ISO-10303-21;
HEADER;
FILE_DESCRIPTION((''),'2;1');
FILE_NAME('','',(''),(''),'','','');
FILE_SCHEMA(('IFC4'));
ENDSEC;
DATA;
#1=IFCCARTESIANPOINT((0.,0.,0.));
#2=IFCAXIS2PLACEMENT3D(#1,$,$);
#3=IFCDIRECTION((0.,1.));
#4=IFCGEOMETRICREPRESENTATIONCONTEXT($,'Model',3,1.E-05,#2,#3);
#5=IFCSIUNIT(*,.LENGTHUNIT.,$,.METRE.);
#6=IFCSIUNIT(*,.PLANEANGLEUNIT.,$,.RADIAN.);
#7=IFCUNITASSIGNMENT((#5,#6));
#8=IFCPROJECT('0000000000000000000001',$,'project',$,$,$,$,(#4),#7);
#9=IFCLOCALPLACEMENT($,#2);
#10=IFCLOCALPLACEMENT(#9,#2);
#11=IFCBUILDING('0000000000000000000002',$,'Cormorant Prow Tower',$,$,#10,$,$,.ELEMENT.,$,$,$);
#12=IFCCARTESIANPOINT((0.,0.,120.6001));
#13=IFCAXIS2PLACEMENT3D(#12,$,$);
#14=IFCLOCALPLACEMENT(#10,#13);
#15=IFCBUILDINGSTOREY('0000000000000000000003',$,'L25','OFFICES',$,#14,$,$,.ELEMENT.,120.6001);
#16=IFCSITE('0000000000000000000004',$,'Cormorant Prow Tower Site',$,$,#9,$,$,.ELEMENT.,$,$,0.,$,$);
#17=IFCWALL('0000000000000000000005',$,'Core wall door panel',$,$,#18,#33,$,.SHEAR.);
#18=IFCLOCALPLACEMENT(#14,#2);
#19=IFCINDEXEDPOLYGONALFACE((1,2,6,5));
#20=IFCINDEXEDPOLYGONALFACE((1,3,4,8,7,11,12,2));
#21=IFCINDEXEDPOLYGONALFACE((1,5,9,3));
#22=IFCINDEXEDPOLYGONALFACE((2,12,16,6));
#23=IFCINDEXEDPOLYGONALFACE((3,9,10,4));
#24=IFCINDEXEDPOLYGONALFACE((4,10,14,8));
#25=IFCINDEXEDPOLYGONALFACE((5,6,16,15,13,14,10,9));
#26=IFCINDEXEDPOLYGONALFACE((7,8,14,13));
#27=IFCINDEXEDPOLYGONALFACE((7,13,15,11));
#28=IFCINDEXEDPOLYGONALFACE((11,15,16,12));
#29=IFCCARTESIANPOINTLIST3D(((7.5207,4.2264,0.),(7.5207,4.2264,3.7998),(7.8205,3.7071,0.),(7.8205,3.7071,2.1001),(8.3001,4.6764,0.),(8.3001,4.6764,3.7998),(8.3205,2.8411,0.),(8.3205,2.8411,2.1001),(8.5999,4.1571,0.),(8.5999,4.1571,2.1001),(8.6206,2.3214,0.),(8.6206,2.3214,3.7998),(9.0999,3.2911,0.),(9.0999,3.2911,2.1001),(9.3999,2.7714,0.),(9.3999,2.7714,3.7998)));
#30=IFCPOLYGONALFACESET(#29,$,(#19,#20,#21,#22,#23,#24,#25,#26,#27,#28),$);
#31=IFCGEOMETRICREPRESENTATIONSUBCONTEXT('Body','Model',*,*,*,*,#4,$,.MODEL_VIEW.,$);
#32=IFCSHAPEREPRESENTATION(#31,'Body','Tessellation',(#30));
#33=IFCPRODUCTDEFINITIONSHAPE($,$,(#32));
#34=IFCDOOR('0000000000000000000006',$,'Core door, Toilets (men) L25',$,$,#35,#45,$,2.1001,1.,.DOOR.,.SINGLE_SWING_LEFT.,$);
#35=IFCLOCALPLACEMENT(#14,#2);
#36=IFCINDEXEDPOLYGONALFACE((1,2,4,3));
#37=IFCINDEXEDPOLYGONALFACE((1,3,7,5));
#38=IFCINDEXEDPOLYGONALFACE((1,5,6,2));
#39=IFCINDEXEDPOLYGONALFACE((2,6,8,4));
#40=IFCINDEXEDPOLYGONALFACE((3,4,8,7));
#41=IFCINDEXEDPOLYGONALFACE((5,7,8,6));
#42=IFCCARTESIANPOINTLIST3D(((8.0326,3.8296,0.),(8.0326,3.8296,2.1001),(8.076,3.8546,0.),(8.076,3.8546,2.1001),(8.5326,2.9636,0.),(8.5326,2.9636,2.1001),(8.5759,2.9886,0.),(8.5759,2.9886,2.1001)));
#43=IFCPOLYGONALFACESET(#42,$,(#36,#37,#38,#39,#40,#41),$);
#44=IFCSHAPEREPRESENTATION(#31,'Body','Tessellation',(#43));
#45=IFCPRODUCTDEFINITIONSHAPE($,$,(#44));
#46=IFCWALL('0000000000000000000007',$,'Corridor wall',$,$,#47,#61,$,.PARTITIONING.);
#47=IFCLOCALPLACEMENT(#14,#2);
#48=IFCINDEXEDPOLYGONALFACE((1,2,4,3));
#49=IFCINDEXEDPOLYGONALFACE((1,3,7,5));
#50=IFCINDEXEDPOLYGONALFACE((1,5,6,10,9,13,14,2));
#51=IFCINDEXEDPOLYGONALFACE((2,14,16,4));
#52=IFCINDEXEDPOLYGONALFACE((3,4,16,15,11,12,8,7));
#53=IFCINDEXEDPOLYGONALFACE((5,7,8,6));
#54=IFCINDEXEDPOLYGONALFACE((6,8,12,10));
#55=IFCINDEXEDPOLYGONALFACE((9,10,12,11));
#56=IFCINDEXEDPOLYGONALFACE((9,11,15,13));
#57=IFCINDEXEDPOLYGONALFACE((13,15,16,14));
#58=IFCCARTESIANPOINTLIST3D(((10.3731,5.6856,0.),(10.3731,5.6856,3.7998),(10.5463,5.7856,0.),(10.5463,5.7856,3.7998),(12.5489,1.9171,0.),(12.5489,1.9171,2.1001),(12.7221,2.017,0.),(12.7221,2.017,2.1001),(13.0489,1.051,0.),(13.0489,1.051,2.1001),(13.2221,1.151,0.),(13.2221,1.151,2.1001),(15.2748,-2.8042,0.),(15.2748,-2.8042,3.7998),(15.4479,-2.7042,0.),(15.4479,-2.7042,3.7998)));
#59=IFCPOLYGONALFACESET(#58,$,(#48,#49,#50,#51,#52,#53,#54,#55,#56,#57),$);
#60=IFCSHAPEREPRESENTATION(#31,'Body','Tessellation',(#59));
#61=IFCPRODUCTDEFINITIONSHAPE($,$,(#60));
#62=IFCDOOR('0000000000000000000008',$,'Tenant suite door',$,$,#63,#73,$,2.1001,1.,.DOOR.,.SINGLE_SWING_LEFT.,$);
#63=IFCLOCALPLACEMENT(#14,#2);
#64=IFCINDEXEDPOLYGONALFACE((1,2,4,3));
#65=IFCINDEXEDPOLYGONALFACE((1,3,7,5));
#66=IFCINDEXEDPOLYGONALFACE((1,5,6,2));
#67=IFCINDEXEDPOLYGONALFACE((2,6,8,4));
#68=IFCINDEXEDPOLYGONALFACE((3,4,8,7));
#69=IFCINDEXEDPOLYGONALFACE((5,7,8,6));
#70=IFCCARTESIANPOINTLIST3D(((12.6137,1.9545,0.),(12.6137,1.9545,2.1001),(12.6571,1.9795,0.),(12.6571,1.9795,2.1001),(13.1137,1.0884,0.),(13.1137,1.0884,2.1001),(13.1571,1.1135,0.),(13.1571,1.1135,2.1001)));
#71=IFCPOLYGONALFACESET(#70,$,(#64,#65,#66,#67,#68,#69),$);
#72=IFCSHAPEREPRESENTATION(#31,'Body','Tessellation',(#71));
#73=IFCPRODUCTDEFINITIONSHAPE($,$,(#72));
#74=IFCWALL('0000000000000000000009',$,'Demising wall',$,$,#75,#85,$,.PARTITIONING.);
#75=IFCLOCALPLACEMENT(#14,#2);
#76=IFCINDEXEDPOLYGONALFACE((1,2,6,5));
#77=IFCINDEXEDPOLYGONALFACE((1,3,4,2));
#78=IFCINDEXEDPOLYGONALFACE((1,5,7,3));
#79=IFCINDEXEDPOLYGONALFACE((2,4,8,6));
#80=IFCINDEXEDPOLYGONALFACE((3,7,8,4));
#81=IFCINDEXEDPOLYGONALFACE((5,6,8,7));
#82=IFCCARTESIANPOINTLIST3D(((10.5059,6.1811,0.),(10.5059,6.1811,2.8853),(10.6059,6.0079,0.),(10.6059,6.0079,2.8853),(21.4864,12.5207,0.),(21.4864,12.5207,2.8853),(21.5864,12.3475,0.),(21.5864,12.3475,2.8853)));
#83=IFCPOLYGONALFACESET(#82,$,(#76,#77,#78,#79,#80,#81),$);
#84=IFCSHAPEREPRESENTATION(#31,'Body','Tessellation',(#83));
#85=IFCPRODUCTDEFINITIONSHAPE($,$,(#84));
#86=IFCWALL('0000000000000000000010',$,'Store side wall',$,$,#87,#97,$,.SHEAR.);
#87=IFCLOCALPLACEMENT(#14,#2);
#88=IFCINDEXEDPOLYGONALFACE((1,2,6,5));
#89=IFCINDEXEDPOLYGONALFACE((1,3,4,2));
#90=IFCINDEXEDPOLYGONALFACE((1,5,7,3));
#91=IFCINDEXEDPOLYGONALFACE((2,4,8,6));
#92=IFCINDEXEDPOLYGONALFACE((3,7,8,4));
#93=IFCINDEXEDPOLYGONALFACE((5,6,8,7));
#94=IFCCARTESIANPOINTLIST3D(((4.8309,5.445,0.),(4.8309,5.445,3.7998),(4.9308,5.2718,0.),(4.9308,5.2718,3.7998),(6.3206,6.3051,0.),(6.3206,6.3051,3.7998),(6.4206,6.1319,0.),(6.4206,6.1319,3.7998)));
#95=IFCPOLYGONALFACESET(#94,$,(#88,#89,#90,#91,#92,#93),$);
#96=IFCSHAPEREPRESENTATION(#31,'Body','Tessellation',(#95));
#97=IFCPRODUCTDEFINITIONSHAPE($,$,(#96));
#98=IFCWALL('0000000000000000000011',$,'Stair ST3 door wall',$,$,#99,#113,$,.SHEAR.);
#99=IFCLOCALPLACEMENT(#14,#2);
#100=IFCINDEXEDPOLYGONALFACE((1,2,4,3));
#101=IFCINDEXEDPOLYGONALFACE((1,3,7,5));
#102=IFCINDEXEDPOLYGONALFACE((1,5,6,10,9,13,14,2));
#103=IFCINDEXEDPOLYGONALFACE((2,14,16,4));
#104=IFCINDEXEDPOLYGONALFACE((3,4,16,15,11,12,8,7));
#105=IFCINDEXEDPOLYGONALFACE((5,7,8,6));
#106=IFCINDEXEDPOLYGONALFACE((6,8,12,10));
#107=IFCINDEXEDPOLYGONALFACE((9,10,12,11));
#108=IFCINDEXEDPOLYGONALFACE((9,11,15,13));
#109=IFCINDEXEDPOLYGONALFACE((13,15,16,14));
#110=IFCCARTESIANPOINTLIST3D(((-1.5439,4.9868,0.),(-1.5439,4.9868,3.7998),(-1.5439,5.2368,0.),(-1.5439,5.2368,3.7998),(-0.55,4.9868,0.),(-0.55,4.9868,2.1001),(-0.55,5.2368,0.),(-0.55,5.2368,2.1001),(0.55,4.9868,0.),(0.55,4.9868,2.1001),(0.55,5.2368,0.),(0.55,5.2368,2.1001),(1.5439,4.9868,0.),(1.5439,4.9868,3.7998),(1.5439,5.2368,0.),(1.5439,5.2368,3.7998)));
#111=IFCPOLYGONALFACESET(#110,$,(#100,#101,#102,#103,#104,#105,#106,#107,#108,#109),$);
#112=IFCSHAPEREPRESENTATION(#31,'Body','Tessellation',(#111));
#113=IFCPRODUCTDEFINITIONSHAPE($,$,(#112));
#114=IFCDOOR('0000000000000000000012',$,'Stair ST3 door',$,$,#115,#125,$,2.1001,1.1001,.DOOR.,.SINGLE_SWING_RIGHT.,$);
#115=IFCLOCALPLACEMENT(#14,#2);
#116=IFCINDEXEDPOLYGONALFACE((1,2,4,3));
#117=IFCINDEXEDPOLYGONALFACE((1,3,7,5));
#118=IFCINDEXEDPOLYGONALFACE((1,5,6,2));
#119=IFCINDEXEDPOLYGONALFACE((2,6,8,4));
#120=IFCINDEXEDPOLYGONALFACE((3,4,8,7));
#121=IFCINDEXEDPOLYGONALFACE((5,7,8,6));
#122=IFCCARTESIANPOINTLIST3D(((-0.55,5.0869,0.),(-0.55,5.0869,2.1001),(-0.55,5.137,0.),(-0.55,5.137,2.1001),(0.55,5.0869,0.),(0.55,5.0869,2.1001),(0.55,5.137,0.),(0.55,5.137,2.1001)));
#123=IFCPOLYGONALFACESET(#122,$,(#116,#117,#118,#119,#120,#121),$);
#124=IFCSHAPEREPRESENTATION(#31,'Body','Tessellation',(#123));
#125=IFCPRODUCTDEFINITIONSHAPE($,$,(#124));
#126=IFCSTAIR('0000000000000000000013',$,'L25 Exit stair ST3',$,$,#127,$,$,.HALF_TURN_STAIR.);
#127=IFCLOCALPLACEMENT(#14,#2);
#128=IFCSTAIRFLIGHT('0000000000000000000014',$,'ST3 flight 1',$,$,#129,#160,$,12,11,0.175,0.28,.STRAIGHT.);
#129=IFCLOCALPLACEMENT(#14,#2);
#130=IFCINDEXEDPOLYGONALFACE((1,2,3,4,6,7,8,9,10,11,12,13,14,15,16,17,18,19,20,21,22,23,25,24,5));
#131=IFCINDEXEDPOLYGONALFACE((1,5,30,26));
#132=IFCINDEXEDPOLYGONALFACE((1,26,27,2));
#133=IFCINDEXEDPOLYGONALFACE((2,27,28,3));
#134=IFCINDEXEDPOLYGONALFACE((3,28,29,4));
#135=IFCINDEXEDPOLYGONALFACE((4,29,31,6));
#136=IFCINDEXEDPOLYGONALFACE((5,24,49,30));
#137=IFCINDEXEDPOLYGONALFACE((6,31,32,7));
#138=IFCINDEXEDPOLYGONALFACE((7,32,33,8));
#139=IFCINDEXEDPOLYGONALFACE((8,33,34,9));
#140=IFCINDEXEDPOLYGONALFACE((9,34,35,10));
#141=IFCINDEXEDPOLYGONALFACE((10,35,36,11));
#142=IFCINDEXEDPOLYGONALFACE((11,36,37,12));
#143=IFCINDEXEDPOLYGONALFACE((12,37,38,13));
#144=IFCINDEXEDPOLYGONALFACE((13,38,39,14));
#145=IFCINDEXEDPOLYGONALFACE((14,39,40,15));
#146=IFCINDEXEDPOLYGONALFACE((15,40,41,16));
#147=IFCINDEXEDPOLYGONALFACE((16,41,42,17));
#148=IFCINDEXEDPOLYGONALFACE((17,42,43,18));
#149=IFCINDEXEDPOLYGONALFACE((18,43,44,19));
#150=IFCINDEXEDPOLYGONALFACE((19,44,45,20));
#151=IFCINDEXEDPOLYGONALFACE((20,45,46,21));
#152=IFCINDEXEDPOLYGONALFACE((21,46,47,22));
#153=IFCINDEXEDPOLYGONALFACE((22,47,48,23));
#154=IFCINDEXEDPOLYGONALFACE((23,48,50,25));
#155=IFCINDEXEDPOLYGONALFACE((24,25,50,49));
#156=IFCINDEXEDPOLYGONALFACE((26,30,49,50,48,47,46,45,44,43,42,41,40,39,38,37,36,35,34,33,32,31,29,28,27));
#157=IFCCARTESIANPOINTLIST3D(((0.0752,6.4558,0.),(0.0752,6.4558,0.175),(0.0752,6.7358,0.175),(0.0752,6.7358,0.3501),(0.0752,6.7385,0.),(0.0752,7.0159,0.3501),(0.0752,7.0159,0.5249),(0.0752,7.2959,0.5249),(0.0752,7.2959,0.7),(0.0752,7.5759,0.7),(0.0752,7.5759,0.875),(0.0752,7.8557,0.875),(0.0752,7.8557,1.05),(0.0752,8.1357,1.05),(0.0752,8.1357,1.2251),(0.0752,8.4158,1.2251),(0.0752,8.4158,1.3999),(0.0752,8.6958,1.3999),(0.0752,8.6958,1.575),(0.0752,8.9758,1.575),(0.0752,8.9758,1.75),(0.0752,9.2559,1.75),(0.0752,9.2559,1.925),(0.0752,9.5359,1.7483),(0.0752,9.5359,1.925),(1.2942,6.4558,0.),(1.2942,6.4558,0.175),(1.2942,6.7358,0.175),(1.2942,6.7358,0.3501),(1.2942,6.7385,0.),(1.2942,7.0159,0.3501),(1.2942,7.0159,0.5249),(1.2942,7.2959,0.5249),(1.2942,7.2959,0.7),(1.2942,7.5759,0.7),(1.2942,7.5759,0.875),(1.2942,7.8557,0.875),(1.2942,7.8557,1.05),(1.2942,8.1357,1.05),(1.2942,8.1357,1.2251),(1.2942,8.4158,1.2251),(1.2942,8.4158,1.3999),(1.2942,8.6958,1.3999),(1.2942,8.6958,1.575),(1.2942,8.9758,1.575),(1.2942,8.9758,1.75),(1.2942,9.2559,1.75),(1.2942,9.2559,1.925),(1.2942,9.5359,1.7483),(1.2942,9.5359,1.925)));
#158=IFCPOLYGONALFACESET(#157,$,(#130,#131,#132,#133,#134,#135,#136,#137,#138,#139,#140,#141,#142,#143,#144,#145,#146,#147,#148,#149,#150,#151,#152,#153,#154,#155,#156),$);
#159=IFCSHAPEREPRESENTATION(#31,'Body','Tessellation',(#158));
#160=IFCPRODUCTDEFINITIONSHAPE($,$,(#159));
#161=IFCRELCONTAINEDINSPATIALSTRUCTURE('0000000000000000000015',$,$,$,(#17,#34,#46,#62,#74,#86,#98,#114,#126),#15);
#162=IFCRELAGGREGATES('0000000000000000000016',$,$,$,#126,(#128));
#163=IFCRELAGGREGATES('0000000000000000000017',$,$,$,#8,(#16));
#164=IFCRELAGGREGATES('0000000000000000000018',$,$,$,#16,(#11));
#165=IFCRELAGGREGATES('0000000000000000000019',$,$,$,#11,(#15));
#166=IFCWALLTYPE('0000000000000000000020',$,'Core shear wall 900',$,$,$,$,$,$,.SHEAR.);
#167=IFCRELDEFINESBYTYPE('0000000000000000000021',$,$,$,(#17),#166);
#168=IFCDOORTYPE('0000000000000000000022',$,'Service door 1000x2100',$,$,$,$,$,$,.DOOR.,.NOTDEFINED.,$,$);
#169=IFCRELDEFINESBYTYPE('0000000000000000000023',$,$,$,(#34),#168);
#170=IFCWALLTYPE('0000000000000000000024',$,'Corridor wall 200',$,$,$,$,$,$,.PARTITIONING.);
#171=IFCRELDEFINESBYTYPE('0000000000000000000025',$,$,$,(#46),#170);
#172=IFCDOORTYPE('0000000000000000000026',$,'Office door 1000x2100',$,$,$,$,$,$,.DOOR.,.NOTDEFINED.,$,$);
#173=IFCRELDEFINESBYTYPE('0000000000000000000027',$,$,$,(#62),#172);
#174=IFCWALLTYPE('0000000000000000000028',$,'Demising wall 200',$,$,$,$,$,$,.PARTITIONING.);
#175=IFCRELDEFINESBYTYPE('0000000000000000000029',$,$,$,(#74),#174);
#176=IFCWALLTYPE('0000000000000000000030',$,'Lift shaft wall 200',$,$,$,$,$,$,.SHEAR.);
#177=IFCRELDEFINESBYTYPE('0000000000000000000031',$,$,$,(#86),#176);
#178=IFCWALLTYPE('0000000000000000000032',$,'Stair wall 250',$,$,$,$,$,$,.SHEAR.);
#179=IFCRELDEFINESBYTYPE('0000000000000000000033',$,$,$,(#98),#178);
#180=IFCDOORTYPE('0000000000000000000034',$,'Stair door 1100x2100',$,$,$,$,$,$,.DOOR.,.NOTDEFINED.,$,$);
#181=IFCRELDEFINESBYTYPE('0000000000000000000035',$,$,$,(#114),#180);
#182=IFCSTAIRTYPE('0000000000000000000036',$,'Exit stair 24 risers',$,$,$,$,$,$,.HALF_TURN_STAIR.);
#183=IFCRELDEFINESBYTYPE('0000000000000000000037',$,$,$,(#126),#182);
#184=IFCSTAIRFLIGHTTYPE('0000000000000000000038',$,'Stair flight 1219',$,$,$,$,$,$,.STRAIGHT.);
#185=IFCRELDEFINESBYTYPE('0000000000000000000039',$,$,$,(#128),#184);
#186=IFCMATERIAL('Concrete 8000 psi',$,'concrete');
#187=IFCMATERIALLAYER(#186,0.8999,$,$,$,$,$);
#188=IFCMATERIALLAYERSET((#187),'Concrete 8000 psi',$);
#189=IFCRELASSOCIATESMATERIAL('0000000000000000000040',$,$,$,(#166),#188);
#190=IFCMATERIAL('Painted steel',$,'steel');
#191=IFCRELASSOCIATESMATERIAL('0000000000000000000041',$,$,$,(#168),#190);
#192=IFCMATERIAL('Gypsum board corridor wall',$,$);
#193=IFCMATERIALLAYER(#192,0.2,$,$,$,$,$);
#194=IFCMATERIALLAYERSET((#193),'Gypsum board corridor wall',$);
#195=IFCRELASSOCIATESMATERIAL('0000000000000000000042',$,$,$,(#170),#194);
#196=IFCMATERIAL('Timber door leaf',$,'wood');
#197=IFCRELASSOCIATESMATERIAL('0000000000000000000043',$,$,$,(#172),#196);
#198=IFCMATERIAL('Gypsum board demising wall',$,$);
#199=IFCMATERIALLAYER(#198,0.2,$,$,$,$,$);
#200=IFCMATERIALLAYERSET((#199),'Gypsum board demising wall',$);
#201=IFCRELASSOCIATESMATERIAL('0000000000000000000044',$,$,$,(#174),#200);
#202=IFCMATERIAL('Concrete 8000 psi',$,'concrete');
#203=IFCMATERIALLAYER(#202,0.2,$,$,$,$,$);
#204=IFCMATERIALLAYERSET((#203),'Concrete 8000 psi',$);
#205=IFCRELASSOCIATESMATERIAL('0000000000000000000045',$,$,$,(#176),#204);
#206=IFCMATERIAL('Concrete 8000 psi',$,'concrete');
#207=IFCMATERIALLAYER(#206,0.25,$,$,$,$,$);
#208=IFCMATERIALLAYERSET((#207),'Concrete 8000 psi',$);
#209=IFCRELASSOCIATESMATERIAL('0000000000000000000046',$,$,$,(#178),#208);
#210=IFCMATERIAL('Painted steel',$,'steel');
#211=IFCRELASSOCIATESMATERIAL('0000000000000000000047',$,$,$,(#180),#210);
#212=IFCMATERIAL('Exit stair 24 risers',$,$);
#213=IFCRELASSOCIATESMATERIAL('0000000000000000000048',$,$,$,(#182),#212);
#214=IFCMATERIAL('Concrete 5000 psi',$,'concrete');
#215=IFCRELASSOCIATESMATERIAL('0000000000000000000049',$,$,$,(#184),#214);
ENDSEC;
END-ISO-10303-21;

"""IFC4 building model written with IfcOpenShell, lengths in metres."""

from ifc_helpers import new_model, si_unit, direction, frame, frame_2d, origin, place, context, subcontext, project, spatial, polyline, rectangle, outline, extrude, material, layer, layer_set, type_object, element, fill, aggregate, save


model = new_model("IFC4")

# Units and contexts
model_context = context("Model", 3, precision=1e-05, world=origin(), true_north=direction((0.0, 1.0)))
body_context = subcontext(model_context, "Body", "Model", "MODEL_VIEW")
ifc_project = project(units=[si_unit("LENGTHUNIT", "METRE"), si_unit("PLANEANGLEUNIT", "RADIAN")], contexts=[model_context])

# Site, building, storey
site_placement = place(None, origin())
site = spatial("IfcSite", under=ifc_project, at=site_placement, Name="Cormorant Prow Tower Site", CompositionType="ELEMENT", RefElevation=0.0)
building_placement = place(site_placement, origin())
building = spatial("IfcBuilding", under=site, at=building_placement, Name="Cormorant Prow Tower", CompositionType="ELEMENT")
storey_placement = place(building_placement, frame((0.0, 0.0, 120.6001)))
storey = spatial("IfcBuildingStorey", under=building, at=storey_placement, Name="L25", Description="OFFICES", CompositionType="ELEMENT", Elevation=120.6001)

# Shared definitions
ifc_material_1 = material(Name="Concrete 8000 psi", Category="concrete")
ifc_layer_1 = layer(ifc_material_1, 0.8999)
ifc_layer_set_1 = layer_set([ifc_layer_1], Name="Concrete 8000 psi")
wall_type_1 = type_object("IfcWallType", Name="Core shear wall 900", PredefinedType="SHEAR", material=ifc_layer_set_1)

# Walls, openings, doors
wall_1_placement = place(storey_placement, frame((9.0103, 2.5464, 0.0), z_axis=(0.0, 0.0, 1.0), x_axis=(-0.499995, 0.866028, 0.0)))
wall_1 = element("IfcWall", 1, at=wall_1_placement, inside=storey, type_object=wall_type_1, Name="Core wall door panel", PredefinedType="SHEAR", context=body_context, shape_type="SweptSolid", body=[
    extrude(rectangle(XDim=2.1997, YDim=0.8999, at=frame_2d((1.0999, 0.0))), origin(), (0.0, 0.0, 1.0), 3.7998),
])
opening_1_placement = place(wall_1_placement, frame((0.6001, 0.0, 0.0)))
opening_1 = element("IfcOpeningElement", 2, at=opening_1_placement, cuts=wall_1, PredefinedType="OPENING", context=body_context, shape_type="SweptSolid", body=[
    extrude(rectangle(XDim=1.0, YDim=2.1001, at=frame_2d((0.5, 1.05))), frame((0.0, 0.46, 0.0), z_axis=(0.0, -1.0, 0.0), x_axis=(1.0, 0.0, 0.0)), (0.0, 0.0, 1.0), 0.9199),
])
ifc_material_2 = material(Name="Painted steel", Category="steel")
door_type_1 = type_object("IfcDoorType", Name="Service door 1000x2100", OperationType="NOTDEFINED", PredefinedType="DOOR", material=ifc_material_2)
door_1_placement = place(opening_1_placement, origin())
door_1 = element("IfcDoor", 3, at=door_1_placement, inside=storey, type_object=door_type_1, Name="Core door, Toilets (men) L25", OperationType="SINGLE_SWING_LEFT", OverallHeight=2.1001, OverallWidth=1.0, PredefinedType="DOOR", context=body_context, shape_type="SweptSolid", body=[
    extrude(rectangle(XDim=1.0, YDim=2.1001, at=frame_2d((0.5, 1.05))), frame((0.0, 0.2051, 0.0), z_axis=(0.0, -1.0, 0.0), x_axis=(1.0, 0.0, 0.0)), (0.0, 0.0, 1.0), 0.05),
])
fill(opening_1, door_1)
ifc_material_3 = material(Name="Gypsum board corridor wall")
ifc_layer_2 = layer(ifc_material_3, 0.2)
ifc_layer_set_2 = layer_set([ifc_layer_2], Name="Gypsum board corridor wall")
wall_type_2 = type_object("IfcWallType", Name="Corridor wall 200", PredefinedType="PARTITIONING", material=ifc_layer_set_2)
wall_2_placement = place(storey_placement, frame((10.4597, 5.7356, 0.0), z_axis=(0.0, 0.0, 1.0), x_axis=(0.500004, -0.866023, 0.0)))
wall_2 = element("IfcWall", 4, at=wall_2_placement, inside=storey, type_object=wall_type_2, Name="Corridor wall", PredefinedType="PARTITIONING", context=body_context, shape_type="SweptSolid", body=[
    extrude(rectangle(XDim=9.8032, YDim=0.2, at=frame_2d((4.9016, 0.0))), origin(), (0.0, 0.0, 1.0), 3.7998),
])
opening_2_placement = place(wall_2_placement, frame((4.3516, 0.0, 0.0)))
opening_2 = element("IfcOpeningElement", 5, at=opening_2_placement, cuts=wall_2, PredefinedType="OPENING", context=body_context, shape_type="SweptSolid", body=[
    extrude(rectangle(XDim=1.0, YDim=2.1001, at=frame_2d((0.5, 1.05))), frame((0.0, 0.1099, 0.0), z_axis=(0.0, -1.0, 0.0), x_axis=(1.0, 0.0, 0.0)), (0.0, 0.0, 1.0), 0.22),
])
ifc_material_4 = material(Name="Timber door leaf", Category="wood")
door_type_2 = type_object("IfcDoorType", Name="Office door 1000x2100", OperationType="NOTDEFINED", PredefinedType="DOOR", material=ifc_material_4)
door_2_placement = place(opening_2_placement, origin())
door_2 = element("IfcDoor", 6, at=door_2_placement, inside=storey, type_object=door_type_2, Name="Tenant suite door", OperationType="SINGLE_SWING_LEFT", OverallHeight=2.1001, OverallWidth=1.0, PredefinedType="DOOR", context=body_context, shape_type="SweptSolid", body=[
    extrude(rectangle(XDim=1.0, YDim=2.1001, at=frame_2d((0.5, 1.05))), frame((0.0, 0.0249, 0.0), z_axis=(0.0, -1.0, 0.0), x_axis=(1.0, 0.0, 0.0)), (0.0, 0.0, 1.0), 0.05),
])
fill(opening_2, door_2)

# Walls
ifc_material_5 = material(Name="Gypsum board demising wall")
ifc_layer_3 = layer(ifc_material_5, 0.2)
ifc_layer_set_3 = layer_set([ifc_layer_3], Name="Gypsum board demising wall")
wall_type_3 = type_object("IfcWallType", Name="Demising wall 200", PredefinedType="PARTITIONING", material=ifc_layer_set_3)
wall_3_placement = place(storey_placement, frame((10.5559, 6.0945, 0.0), z_axis=(0.0, 0.0, 1.0), x_axis=(0.866025, 0.500001, 0.0)))
element("IfcWall", 7, at=wall_3_placement, inside=storey, type_object=wall_type_3, Name="Demising wall", PredefinedType="PARTITIONING", context=body_context, shape_type="SweptSolid", body=[
    extrude(rectangle(XDim=12.6792, YDim=0.2, at=frame_2d((6.3396, 0.0))), origin(), (0.0, 0.0, 1.0), 2.8853),
])
ifc_material_6 = material(Name="Concrete 8000 psi", Category="concrete")
ifc_layer_4 = layer(ifc_material_6, 0.2)
ifc_layer_set_4 = layer_set([ifc_layer_4], Name="Concrete 8000 psi")
wall_type_4 = type_object("IfcWallType", Name="Lift shaft wall 200", PredefinedType="SHEAR", material=ifc_layer_set_4)
wall_4_placement = place(storey_placement, frame((4.8809, 5.3584, 0.0), z_axis=(0.0, 0.0, 1.0), x_axis=(0.866025, 0.500001, 0.0)))
element("IfcWall", 8, at=wall_4_placement, inside=storey, type_object=wall_type_4, Name="Store side wall", PredefinedType="SHEAR", context=body_context, shape_type="SweptSolid", body=[
    extrude(rectangle(XDim=1.7202, YDim=0.2, at=frame_2d((0.8601, 0.0))), origin(), (0.0, 0.0, 1.0), 3.7998),
])

# Wall, opening, door
ifc_material_7 = material(Name="Concrete 8000 psi", Category="concrete")
ifc_layer_5 = layer(ifc_material_7, 0.25)
ifc_layer_set_5 = layer_set([ifc_layer_5], Name="Concrete 8000 psi")
wall_type_5 = type_object("IfcWallType", Name="Stair wall 250", PredefinedType="SHEAR", material=ifc_layer_set_5)
wall_5_placement = place(storey_placement, frame((1.5439, 5.1118, 0.0), z_axis=(0.0, 0.0, 1.0), x_axis=(-1.0, 0.0, 0.0)))
wall_5 = element("IfcWall", 9, at=wall_5_placement, inside=storey, type_object=wall_type_5, Name="Stair ST3 door wall", PredefinedType="SHEAR", context=body_context, shape_type="SweptSolid", body=[
    extrude(rectangle(XDim=3.0879, YDim=0.25, at=frame_2d((1.5439, 0.0))), origin(), (0.0, 0.0, 1.0), 3.7998),
])
opening_3_placement = place(wall_5_placement, frame((0.9939, 0.0, 0.0)))
opening_3 = element("IfcOpeningElement", 10, at=opening_3_placement, cuts=wall_5, PredefinedType="OPENING", context=body_context, shape_type="SweptSolid", body=[
    extrude(rectangle(XDim=1.1001, YDim=2.1001, at=frame_2d((0.55, 1.05))), frame((0.0, 0.135, 0.0), z_axis=(0.0, -1.0, 0.0), x_axis=(1.0, 0.0, 0.0)), (0.0, 0.0, 1.0), 0.27),
])
ifc_material_8 = material(Name="Painted steel", Category="steel")
door_type_3 = type_object("IfcDoorType", Name="Stair door 1100x2100", OperationType="NOTDEFINED", PredefinedType="DOOR", material=ifc_material_8)
door_3_placement = place(opening_3_placement, origin())
door_3 = element("IfcDoor", 11, at=door_3_placement, inside=storey, type_object=door_type_3, Name="Stair ST3 door", OperationType="SINGLE_SWING_RIGHT", OverallHeight=2.1001, OverallWidth=1.1001, PredefinedType="DOOR", context=body_context, shape_type="SweptSolid", body=[
    extrude(rectangle(XDim=1.1001, YDim=2.1001, at=frame_2d((0.55, 1.05))), frame((0.0, 0.0249, 0.0), z_axis=(0.0, -1.0, 0.0), x_axis=(1.0, 0.0, 0.0)), (0.0, 0.0, 1.0), 0.05),
])
fill(opening_3, door_3)

# Stair, stair flight
ifc_material_9 = material(Name="Exit stair 24 risers")
stair_type = type_object("IfcStairType", Name="Exit stair 24 risers", PredefinedType="HALF_TURN_STAIR", material=ifc_material_9)
stair_placement = place(storey_placement, origin())
stair = element("IfcStair", 12, at=stair_placement, inside=storey, type_object=stair_type, Name="L25 Exit stair ST3", PredefinedType="HALF_TURN_STAIR")
ifc_material_10 = material(Name="Concrete 5000 psi", Category="concrete")
stair_flight_type = type_object("IfcStairFlightType", Name="Stair flight 1219", PredefinedType="STRAIGHT", material=ifc_material_10)
stair_flight_placement = place(storey_placement, frame((0.6846, 6.4558, 0.0), z_axis=(0.0, 0.0, 1.0), x_axis=(0.0, 1.0, 0.0)))
stair_flight = element("IfcStairFlight", 13, at=stair_flight_placement, type_object=stair_flight_type, Name="ST3 flight 1", NumberOfRisers=12, NumberOfTreads=11, PredefinedType="STRAIGHT", RiserHeight=0.175, TreadLength=0.28, context=body_context, shape_type="SweptSolid", body=[
    extrude(outline(polyline([(0.0, 0.0), (0.0, 0.175), (0.28, 0.175), (0.28, 0.3501), (0.5601, 0.3501), (0.5601, 0.5249), (0.8401, 0.5249), (0.8401, 0.7), (1.1201, 0.7), (1.1201, 0.875), (1.3999, 0.875), (1.3999, 1.05), (1.6799, 1.05), (1.6799, 1.2251), (1.96, 1.2251), (1.96, 1.3999), (2.24, 1.3999), (2.24, 1.575), (2.52, 1.575), (2.52, 1.75), (2.8, 1.75), (2.8, 1.925), (3.0801, 1.925), (3.0801, 2.1001), (3.0801, 1.7483), (0.2827, 0.0), (0.0, 0.0)])), frame((0.0, 0.6094, 0.0), z_axis=(0.0, -1.0, 0.0), x_axis=(1.0, 0.0, 0.0)), (0.0, 0.0, 1.0), 1.219),
])
aggregate(stair, [stair_flight])

save(model, "model.ifc")
